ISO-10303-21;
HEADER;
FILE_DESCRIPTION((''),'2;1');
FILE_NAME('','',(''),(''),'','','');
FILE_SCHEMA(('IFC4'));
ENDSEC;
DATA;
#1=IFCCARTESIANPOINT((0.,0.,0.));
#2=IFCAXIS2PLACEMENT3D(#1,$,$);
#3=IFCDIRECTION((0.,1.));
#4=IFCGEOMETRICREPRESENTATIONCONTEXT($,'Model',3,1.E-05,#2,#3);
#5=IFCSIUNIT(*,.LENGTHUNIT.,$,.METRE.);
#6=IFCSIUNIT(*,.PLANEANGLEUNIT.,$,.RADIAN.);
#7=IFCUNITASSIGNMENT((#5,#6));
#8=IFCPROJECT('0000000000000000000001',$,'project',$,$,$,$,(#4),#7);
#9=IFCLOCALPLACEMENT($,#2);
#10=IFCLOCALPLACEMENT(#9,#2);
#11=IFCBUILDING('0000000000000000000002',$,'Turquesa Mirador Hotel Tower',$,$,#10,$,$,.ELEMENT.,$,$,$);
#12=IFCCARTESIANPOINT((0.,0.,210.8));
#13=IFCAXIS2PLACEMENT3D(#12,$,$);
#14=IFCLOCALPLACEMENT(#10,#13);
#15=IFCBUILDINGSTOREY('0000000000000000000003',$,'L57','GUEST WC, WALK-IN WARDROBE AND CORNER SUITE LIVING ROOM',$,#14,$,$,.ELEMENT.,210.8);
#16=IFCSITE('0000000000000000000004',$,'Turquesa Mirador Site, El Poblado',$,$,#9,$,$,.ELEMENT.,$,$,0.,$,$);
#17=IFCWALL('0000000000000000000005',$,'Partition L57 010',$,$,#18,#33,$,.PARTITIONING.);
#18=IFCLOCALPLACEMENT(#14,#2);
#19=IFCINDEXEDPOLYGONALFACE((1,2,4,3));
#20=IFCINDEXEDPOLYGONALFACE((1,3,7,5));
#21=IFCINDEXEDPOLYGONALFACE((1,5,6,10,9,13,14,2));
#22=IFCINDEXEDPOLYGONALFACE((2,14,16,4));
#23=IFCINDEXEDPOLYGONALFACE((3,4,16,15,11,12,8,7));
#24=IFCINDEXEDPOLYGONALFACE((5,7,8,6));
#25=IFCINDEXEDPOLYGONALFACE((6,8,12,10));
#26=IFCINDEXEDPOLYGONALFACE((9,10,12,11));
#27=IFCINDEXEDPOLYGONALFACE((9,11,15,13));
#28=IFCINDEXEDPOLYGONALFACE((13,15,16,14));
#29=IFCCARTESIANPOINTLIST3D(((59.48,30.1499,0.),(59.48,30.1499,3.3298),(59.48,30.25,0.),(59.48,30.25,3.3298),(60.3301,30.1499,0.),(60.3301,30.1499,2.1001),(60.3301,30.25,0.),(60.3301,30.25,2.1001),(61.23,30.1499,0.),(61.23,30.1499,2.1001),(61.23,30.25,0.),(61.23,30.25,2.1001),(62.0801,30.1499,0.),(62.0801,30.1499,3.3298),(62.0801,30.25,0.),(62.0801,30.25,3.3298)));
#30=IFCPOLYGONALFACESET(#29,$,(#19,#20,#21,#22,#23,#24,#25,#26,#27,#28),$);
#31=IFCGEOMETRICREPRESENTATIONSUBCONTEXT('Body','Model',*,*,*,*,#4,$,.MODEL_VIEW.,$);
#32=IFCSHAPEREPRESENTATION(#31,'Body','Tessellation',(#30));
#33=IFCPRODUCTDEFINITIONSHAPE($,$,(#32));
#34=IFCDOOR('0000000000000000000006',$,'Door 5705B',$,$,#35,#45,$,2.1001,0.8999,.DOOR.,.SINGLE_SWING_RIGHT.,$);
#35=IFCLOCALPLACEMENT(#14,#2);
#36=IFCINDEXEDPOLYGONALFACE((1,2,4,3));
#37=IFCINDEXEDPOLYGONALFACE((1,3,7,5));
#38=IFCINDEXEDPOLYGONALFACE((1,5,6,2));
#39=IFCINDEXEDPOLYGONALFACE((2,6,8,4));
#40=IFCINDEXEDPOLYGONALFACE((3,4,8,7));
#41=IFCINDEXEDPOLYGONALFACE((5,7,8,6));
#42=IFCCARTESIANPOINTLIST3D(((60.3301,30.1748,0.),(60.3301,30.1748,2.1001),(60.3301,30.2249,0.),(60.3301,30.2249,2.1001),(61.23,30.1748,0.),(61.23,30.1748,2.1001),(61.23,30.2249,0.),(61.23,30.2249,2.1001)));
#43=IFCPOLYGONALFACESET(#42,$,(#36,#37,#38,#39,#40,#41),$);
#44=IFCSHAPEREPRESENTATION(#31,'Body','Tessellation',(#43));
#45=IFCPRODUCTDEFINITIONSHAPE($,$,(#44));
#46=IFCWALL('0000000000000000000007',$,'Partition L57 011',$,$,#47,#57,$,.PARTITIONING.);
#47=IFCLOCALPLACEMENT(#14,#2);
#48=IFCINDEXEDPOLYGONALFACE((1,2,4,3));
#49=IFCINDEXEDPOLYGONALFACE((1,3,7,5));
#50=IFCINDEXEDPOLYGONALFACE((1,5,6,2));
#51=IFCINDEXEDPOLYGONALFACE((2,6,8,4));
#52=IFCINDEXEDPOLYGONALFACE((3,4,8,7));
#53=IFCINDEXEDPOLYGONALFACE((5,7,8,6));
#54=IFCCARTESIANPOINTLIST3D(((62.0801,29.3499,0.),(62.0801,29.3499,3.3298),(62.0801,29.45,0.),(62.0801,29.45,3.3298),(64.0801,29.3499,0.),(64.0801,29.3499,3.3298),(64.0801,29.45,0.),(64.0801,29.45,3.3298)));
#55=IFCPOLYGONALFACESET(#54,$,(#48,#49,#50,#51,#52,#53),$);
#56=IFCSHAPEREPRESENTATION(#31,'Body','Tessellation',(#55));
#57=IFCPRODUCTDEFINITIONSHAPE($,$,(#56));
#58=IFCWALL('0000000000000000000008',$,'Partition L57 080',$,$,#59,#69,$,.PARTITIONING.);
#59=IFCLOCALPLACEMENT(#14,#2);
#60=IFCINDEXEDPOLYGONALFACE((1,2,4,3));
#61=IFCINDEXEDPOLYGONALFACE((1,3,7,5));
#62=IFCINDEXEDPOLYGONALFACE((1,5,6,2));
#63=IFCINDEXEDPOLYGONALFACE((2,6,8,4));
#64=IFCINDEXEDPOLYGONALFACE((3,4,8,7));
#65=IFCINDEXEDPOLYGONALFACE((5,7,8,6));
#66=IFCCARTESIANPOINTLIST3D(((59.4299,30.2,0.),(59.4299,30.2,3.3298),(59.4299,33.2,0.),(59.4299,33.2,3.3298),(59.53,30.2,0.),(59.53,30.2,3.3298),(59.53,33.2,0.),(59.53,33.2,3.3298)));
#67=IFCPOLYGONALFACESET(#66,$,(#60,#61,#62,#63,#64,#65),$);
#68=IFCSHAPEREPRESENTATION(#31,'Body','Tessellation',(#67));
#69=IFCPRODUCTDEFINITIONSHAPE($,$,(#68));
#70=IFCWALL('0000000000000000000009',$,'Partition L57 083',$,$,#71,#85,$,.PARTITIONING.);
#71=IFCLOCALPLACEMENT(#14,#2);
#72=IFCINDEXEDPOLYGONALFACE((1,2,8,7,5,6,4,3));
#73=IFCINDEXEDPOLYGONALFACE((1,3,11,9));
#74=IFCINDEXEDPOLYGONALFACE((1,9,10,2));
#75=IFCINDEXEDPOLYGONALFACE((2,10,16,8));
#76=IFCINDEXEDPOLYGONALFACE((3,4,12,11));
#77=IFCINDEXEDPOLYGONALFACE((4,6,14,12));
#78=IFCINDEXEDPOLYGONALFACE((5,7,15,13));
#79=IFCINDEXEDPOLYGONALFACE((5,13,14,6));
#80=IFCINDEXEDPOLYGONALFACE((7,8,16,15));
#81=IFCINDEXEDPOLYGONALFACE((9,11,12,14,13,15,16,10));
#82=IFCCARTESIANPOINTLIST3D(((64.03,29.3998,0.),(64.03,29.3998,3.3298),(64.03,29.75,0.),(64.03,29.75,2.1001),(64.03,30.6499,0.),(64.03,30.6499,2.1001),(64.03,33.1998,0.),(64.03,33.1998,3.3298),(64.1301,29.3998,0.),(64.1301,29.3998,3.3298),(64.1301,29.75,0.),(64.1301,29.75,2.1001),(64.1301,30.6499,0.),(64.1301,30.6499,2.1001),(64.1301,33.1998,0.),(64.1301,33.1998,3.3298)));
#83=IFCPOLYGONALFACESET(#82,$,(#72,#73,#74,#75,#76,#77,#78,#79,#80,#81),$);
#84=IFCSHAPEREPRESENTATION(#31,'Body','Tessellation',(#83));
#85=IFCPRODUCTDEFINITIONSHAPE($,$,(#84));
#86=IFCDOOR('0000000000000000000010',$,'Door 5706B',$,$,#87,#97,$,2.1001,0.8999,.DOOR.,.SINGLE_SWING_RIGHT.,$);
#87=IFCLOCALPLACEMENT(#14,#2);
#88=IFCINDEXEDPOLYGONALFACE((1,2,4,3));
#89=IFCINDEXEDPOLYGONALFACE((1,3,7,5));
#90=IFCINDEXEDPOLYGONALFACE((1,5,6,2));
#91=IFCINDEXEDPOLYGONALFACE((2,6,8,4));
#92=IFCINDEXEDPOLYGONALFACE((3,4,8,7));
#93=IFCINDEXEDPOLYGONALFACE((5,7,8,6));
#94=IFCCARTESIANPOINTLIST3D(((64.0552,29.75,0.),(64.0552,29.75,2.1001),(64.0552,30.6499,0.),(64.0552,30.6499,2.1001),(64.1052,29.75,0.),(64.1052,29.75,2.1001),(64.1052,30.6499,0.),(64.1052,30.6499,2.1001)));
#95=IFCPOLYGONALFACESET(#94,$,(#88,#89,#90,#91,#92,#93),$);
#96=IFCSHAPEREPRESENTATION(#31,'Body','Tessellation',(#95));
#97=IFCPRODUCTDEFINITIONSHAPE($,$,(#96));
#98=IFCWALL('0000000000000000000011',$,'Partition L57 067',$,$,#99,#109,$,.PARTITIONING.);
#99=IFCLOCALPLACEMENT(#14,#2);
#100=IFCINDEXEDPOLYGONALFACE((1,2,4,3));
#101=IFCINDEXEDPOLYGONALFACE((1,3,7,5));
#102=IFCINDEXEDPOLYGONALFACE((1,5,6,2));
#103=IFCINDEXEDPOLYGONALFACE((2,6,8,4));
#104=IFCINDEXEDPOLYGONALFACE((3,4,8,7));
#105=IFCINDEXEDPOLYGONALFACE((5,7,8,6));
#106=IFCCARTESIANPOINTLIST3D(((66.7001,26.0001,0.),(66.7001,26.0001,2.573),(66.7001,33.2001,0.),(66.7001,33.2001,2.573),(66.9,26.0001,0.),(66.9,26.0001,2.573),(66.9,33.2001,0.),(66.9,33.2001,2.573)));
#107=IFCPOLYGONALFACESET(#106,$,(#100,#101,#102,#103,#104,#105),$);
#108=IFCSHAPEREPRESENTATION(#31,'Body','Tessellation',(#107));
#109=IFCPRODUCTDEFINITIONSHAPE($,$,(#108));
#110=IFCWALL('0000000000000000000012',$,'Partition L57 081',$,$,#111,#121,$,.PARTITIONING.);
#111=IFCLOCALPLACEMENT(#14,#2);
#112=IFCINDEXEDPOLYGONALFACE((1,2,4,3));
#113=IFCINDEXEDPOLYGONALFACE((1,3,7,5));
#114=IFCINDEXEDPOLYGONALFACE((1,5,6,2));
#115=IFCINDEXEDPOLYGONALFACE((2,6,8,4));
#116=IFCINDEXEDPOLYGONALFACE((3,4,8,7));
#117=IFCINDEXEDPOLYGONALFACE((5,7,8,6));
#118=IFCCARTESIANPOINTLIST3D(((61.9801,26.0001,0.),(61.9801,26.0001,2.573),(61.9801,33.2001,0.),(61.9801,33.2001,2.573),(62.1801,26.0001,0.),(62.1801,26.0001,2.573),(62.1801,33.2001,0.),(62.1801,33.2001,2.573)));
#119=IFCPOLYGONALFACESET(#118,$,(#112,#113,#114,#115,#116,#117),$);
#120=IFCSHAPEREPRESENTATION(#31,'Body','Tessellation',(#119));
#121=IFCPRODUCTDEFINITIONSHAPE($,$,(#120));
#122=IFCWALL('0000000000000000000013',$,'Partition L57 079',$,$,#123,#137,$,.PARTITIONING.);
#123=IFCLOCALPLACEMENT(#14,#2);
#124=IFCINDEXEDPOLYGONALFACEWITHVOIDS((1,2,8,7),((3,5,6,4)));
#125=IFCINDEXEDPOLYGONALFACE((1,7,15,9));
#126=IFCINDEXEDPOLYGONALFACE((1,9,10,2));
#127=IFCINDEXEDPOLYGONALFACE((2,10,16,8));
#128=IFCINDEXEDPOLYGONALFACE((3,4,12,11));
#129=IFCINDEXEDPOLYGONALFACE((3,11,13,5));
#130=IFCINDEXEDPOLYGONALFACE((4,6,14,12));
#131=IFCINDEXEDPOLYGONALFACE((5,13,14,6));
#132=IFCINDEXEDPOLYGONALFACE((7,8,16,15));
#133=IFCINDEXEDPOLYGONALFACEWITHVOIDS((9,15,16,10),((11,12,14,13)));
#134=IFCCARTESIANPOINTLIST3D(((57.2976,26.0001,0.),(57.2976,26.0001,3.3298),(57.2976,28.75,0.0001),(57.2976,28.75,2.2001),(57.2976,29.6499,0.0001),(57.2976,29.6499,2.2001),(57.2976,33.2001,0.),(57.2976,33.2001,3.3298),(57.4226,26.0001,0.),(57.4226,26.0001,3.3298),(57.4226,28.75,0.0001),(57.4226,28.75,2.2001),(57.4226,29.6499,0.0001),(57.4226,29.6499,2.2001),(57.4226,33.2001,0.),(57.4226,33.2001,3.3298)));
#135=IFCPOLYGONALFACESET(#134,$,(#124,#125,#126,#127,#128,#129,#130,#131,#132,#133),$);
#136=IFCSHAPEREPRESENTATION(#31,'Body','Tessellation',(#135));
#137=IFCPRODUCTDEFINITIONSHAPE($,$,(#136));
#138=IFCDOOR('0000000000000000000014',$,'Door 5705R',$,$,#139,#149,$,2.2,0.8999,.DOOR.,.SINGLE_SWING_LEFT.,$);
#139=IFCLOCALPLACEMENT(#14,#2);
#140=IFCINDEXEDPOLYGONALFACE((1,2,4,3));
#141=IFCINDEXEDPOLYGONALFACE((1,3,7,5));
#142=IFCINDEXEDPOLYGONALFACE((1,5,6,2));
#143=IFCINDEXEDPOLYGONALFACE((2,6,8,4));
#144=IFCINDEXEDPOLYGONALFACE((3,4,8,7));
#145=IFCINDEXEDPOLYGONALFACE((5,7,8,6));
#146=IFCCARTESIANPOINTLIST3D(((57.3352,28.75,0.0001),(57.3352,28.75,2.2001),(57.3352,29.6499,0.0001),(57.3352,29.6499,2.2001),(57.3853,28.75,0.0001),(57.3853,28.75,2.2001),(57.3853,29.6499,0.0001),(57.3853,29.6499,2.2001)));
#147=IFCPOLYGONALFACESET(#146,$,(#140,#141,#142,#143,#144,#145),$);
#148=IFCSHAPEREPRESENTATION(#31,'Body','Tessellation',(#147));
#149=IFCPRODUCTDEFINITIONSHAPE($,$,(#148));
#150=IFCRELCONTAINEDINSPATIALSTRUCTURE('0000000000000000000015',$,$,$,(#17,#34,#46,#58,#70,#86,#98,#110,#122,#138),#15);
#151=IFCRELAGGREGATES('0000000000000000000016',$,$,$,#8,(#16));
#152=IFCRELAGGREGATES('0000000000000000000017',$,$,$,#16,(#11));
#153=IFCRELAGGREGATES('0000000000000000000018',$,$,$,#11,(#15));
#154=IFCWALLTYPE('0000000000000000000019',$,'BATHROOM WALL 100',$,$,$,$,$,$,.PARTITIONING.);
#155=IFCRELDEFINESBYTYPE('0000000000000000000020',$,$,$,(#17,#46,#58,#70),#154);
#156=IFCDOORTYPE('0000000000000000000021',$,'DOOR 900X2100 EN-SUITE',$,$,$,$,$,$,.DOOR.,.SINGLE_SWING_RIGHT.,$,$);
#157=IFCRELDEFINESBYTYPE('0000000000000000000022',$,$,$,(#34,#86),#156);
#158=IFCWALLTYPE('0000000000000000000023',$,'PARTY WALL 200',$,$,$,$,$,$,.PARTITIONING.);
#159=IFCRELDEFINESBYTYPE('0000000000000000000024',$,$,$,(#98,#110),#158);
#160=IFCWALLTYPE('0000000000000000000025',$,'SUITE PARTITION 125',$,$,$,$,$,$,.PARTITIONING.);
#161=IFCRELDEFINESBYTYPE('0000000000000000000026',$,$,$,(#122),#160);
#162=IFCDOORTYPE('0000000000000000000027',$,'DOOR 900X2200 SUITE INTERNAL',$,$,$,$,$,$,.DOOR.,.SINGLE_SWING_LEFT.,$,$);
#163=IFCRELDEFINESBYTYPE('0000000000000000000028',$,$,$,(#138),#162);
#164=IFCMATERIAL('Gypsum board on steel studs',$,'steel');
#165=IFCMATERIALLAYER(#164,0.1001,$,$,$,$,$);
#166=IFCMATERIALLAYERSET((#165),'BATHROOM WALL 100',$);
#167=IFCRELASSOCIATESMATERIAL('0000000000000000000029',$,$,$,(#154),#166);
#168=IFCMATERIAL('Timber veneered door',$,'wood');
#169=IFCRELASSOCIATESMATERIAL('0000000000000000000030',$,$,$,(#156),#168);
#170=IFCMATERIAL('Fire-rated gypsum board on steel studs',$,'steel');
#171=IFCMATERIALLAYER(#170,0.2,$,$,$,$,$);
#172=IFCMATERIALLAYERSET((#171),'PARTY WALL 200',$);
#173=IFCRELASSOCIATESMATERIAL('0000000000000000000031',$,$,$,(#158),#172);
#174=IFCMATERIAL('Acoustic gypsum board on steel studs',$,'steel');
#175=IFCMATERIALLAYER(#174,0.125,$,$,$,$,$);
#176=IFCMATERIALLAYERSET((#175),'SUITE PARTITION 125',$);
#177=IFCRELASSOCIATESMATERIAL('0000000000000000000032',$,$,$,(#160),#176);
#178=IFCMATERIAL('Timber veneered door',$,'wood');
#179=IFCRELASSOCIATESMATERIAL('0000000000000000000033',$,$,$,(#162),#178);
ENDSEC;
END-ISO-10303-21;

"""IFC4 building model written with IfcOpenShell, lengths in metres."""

from ifc_helpers import new_model, si_unit, direction, frame, frame_2d, origin, place, context, subcontext, project, spatial, rectangle, extrude, material, layer, layer_set, type_object, element, fill, save


model = new_model("IFC4")

# Units and contexts
model_context = context("Model", 3, precision=1e-05, world=origin(), true_north=direction((0.0, 1.0)))
body_context = subcontext(model_context, "Body", "Model", "MODEL_VIEW")
ifc_project = project(units=[si_unit("LENGTHUNIT", "METRE"), si_unit("PLANEANGLEUNIT", "RADIAN")], contexts=[model_context])

# Site, building, storey
site_placement = place(None, origin())
site = spatial("IfcSite", under=ifc_project, at=site_placement, Name="Turquesa Mirador Site, El Poblado", CompositionType="ELEMENT", RefElevation=0.0)
building_placement = place(site_placement, origin())
building = spatial("IfcBuilding", under=site, at=building_placement, Name="Turquesa Mirador Hotel Tower", CompositionType="ELEMENT")
storey_placement = place(building_placement, frame((0.0, 0.0, 210.8)))
storey = spatial("IfcBuildingStorey", under=building, at=storey_placement, Name="L57", Description="GUEST WC, WALK-IN WARDROBE AND CORNER SUITE LIVING ROOM", CompositionType="ELEMENT", Elevation=210.8)

# Shared definitions
ifc_material_1 = material(Name="Gypsum board on steel studs", Category="steel")
ifc_layer_1 = layer(ifc_material_1, 0.1001)
ifc_layer_set_1 = layer_set([ifc_layer_1], Name="BATHROOM WALL 100")
wall_type_1 = type_object("IfcWallType", Name="BATHROOM WALL 100", PredefinedType="PARTITIONING", material=ifc_layer_set_1)

# Wall, opening, door
wall_1_placement = place(storey_placement, frame((59.48, 30.2, 0.0), z_axis=(0.0, 0.0, 1.0), x_axis=(1.0, 0.0, 0.0)))
wall_1 = element("IfcWall", 1, at=wall_1_placement, inside=storey, type_object=wall_type_1, Name="Partition L57 010", PredefinedType="PARTITIONING", context=body_context, shape_type="SweptSolid", body=[
    extrude(rectangle(XDim=2.6001, YDim=0.1001, at=frame_2d((1.3, 0.0))), origin(), (0.0, 0.0, 1.0), 3.3298),
])
opening_1_placement = place(wall_1_placement, frame((0.8501, 0.0, 0.0)))
opening_1 = element("IfcOpeningElement", 2, at=opening_1_placement, cuts=wall_1, PredefinedType="OPENING", context=body_context, shape_type="SweptSolid", body=[
    extrude(rectangle(XDim=0.8999, YDim=2.1001, at=frame_2d((0.45, 1.05))), frame((0.0, 0.0601, 0.0), z_axis=(0.0, -1.0, 0.0), x_axis=(1.0, 0.0, 0.0)), (0.0, 0.0, 1.0), 0.1201),
])
ifc_material_2 = material(Name="Timber veneered door", Category="wood")
door_type_1 = type_object("IfcDoorType", Name="DOOR 900X2100 EN-SUITE", OperationType="SINGLE_SWING_RIGHT", PredefinedType="DOOR", material=ifc_material_2)
door_1_placement = place(opening_1_placement, origin())
door_1 = element("IfcDoor", 3, at=door_1_placement, inside=storey, type_object=door_type_1, Name="Door 5705B", OperationType="SINGLE_SWING_RIGHT", OverallHeight=2.1001, OverallWidth=0.8999, PredefinedType="DOOR", context=body_context, shape_type="SweptSolid", body=[
    extrude(rectangle(XDim=0.8999, YDim=2.1001, at=frame_2d((0.45, 1.05))), frame((0.0, 0.0249, 0.0), z_axis=(0.0, -1.0, 0.0), x_axis=(1.0, 0.0, 0.0)), (0.0, 0.0, 1.0), 0.05),
])
fill(opening_1, door_1)

# Walls
wall_2_placement = place(storey_placement, frame((62.0801, 29.3999, 0.0), z_axis=(0.0, 0.0, 1.0), x_axis=(1.0, 0.0, 0.0)))
element("IfcWall", 4, at=wall_2_placement, inside=storey, type_object=wall_type_1, Name="Partition L57 011", PredefinedType="PARTITIONING", context=body_context, shape_type="SweptSolid", body=[
    extrude(rectangle(XDim=2.0, YDim=0.1001, at=frame_2d((1.0, 0.0))), origin(), (0.0, 0.0, 1.0), 3.3298),
])
wall_3_placement = place(storey_placement, frame((59.48, 30.2, 0.0), z_axis=(0.0, 0.0, 1.0), x_axis=(0.0, 1.0, 0.0)))
element("IfcWall", 5, at=wall_3_placement, inside=storey, type_object=wall_type_1, Name="Partition L57 080", PredefinedType="PARTITIONING", context=body_context, shape_type="SweptSolid", body=[
    extrude(rectangle(XDim=3.0, YDim=0.1001, at=frame_2d((1.5, 0.0))), origin(), (0.0, 0.0, 1.0), 3.3298),
])

# Wall, opening, door
wall_4_placement = place(storey_placement, frame((64.0801, 29.3999, 0.0), z_axis=(0.0, 0.0, 1.0), x_axis=(0.0, 1.0, 0.0)))
wall_4 = element("IfcWall", 6, at=wall_4_placement, inside=storey, type_object=wall_type_1, Name="Partition L57 083", PredefinedType="PARTITIONING", context=body_context, shape_type="SweptSolid", body=[
    extrude(rectangle(XDim=3.8, YDim=0.1001, at=frame_2d((1.8999, 0.0))), origin(), (0.0, 0.0, 1.0), 3.3298),
])
opening_2_placement = place(wall_4_placement, frame((0.3501, 0.0, 0.0)))
opening_2 = element("IfcOpeningElement", 7, at=opening_2_placement, cuts=wall_4, PredefinedType="OPENING", context=body_context, shape_type="SweptSolid", body=[
    extrude(rectangle(XDim=0.8999, YDim=2.1001, at=frame_2d((0.45, 1.05))), frame((0.0, 0.0601, 0.0), z_axis=(0.0, -1.0, 0.0), x_axis=(1.0, 0.0, 0.0)), (0.0, 0.0, 1.0), 0.1201),
])
door_2_placement = place(opening_2_placement, origin())
door_2 = element("IfcDoor", 8, at=door_2_placement, inside=storey, type_object=door_type_1, Name="Door 5706B", OperationType="SINGLE_SWING_RIGHT", OverallHeight=2.1001, OverallWidth=0.8999, PredefinedType="DOOR", context=body_context, shape_type="SweptSolid", body=[
    extrude(rectangle(XDim=0.8999, YDim=2.1001, at=frame_2d((0.45, 1.05))), frame((0.0, 0.0249, 0.0), z_axis=(0.0, -1.0, 0.0), x_axis=(1.0, 0.0, 0.0)), (0.0, 0.0, 1.0), 0.05),
])
fill(opening_2, door_2)

# Walls
ifc_material_3 = material(Name="Fire-rated gypsum board on steel studs", Category="steel")
ifc_layer_2 = layer(ifc_material_3, 0.2)
ifc_layer_set_2 = layer_set([ifc_layer_2], Name="PARTY WALL 200")
wall_type_2 = type_object("IfcWallType", Name="PARTY WALL 200", PredefinedType="PARTITIONING", material=ifc_layer_set_2)
for number, where, z_axis, x_axis, name in (
    (9, (66.8, 26.0, 0.0), (0.0, 0.0, 1.0), (0.0, 1.0, 0.0), "Partition L57 067"),
    (10, (62.0801, 26.0, 0.0), (0.0, 0.0, 1.0), (0.0, 1.0, 0.0), "Partition L57 081"),
):
    element("IfcWall", number, at=place(storey_placement, frame(where, z_axis=z_axis, x_axis=x_axis)), inside=storey, type_object=wall_type_2, Name=name, PredefinedType="PARTITIONING", context=body_context, shape_type="SweptSolid", body=[
        extrude(rectangle(XDim=7.2, YDim=0.2, at=frame_2d((3.6001, 0.0))), origin(), (0.0, 0.0, 1.0), 2.573),
    ])

# Wall, opening, door
ifc_material_4 = material(Name="Acoustic gypsum board on steel studs", Category="steel")
ifc_layer_3 = layer(ifc_material_4, 0.125)
ifc_layer_set_3 = layer_set([ifc_layer_3], Name="SUITE PARTITION 125")
wall_type_3 = type_object("IfcWallType", Name="SUITE PARTITION 125", PredefinedType="PARTITIONING", material=ifc_layer_set_3)
wall_5_placement = place(storey_placement, frame((57.3601, 26.0, 0.0), z_axis=(0.0, 0.0, 1.0), x_axis=(0.0, 1.0, 0.0)))
wall_5 = element("IfcWall", 11, at=wall_5_placement, inside=storey, type_object=wall_type_3, Name="Partition L57 079", PredefinedType="PARTITIONING", context=body_context, shape_type="SweptSolid", body=[
    extrude(rectangle(XDim=7.2, YDim=0.125, at=frame_2d((3.6001, 0.0))), origin(), (0.0, 0.0, 1.0), 3.3298),
])
opening_3_placement = place(wall_5_placement, frame((2.75, 0.0, 0.0)))
opening_3 = element("IfcOpeningElement", 12, at=opening_3_placement, cuts=wall_5, PredefinedType="OPENING", context=body_context, shape_type="SweptSolid", body=[
    extrude(rectangle(XDim=0.8999, YDim=2.2, at=frame_2d((0.45, 1.1001))), frame((0.0, 0.0725, 0.0), z_axis=(0.0, -1.0, 0.0), x_axis=(1.0, 0.0, 0.0)), (0.0, 0.0, 1.0), 0.145),
])
ifc_material_5 = material(Name="Timber veneered door", Category="wood")
door_type_2 = type_object("IfcDoorType", Name="DOOR 900X2200 SUITE INTERNAL", OperationType="SINGLE_SWING_LEFT", PredefinedType="DOOR", material=ifc_material_5)
door_3_placement = place(opening_3_placement, origin())
door_3 = element("IfcDoor", 13, at=door_3_placement, inside=storey, type_object=door_type_2, Name="Door 5705R", OperationType="SINGLE_SWING_LEFT", OverallHeight=2.2, OverallWidth=0.8999, PredefinedType="DOOR", context=body_context, shape_type="SweptSolid", body=[
    extrude(rectangle(XDim=0.8999, YDim=2.2, at=frame_2d((0.45, 1.1001))), frame((0.0, 0.0249, 0.0), z_axis=(0.0, -1.0, 0.0), x_axis=(1.0, 0.0, 0.0)), (0.0, 0.0, 1.0), 0.05),
])
fill(opening_3, door_3)

save(model, "model.ifc")
